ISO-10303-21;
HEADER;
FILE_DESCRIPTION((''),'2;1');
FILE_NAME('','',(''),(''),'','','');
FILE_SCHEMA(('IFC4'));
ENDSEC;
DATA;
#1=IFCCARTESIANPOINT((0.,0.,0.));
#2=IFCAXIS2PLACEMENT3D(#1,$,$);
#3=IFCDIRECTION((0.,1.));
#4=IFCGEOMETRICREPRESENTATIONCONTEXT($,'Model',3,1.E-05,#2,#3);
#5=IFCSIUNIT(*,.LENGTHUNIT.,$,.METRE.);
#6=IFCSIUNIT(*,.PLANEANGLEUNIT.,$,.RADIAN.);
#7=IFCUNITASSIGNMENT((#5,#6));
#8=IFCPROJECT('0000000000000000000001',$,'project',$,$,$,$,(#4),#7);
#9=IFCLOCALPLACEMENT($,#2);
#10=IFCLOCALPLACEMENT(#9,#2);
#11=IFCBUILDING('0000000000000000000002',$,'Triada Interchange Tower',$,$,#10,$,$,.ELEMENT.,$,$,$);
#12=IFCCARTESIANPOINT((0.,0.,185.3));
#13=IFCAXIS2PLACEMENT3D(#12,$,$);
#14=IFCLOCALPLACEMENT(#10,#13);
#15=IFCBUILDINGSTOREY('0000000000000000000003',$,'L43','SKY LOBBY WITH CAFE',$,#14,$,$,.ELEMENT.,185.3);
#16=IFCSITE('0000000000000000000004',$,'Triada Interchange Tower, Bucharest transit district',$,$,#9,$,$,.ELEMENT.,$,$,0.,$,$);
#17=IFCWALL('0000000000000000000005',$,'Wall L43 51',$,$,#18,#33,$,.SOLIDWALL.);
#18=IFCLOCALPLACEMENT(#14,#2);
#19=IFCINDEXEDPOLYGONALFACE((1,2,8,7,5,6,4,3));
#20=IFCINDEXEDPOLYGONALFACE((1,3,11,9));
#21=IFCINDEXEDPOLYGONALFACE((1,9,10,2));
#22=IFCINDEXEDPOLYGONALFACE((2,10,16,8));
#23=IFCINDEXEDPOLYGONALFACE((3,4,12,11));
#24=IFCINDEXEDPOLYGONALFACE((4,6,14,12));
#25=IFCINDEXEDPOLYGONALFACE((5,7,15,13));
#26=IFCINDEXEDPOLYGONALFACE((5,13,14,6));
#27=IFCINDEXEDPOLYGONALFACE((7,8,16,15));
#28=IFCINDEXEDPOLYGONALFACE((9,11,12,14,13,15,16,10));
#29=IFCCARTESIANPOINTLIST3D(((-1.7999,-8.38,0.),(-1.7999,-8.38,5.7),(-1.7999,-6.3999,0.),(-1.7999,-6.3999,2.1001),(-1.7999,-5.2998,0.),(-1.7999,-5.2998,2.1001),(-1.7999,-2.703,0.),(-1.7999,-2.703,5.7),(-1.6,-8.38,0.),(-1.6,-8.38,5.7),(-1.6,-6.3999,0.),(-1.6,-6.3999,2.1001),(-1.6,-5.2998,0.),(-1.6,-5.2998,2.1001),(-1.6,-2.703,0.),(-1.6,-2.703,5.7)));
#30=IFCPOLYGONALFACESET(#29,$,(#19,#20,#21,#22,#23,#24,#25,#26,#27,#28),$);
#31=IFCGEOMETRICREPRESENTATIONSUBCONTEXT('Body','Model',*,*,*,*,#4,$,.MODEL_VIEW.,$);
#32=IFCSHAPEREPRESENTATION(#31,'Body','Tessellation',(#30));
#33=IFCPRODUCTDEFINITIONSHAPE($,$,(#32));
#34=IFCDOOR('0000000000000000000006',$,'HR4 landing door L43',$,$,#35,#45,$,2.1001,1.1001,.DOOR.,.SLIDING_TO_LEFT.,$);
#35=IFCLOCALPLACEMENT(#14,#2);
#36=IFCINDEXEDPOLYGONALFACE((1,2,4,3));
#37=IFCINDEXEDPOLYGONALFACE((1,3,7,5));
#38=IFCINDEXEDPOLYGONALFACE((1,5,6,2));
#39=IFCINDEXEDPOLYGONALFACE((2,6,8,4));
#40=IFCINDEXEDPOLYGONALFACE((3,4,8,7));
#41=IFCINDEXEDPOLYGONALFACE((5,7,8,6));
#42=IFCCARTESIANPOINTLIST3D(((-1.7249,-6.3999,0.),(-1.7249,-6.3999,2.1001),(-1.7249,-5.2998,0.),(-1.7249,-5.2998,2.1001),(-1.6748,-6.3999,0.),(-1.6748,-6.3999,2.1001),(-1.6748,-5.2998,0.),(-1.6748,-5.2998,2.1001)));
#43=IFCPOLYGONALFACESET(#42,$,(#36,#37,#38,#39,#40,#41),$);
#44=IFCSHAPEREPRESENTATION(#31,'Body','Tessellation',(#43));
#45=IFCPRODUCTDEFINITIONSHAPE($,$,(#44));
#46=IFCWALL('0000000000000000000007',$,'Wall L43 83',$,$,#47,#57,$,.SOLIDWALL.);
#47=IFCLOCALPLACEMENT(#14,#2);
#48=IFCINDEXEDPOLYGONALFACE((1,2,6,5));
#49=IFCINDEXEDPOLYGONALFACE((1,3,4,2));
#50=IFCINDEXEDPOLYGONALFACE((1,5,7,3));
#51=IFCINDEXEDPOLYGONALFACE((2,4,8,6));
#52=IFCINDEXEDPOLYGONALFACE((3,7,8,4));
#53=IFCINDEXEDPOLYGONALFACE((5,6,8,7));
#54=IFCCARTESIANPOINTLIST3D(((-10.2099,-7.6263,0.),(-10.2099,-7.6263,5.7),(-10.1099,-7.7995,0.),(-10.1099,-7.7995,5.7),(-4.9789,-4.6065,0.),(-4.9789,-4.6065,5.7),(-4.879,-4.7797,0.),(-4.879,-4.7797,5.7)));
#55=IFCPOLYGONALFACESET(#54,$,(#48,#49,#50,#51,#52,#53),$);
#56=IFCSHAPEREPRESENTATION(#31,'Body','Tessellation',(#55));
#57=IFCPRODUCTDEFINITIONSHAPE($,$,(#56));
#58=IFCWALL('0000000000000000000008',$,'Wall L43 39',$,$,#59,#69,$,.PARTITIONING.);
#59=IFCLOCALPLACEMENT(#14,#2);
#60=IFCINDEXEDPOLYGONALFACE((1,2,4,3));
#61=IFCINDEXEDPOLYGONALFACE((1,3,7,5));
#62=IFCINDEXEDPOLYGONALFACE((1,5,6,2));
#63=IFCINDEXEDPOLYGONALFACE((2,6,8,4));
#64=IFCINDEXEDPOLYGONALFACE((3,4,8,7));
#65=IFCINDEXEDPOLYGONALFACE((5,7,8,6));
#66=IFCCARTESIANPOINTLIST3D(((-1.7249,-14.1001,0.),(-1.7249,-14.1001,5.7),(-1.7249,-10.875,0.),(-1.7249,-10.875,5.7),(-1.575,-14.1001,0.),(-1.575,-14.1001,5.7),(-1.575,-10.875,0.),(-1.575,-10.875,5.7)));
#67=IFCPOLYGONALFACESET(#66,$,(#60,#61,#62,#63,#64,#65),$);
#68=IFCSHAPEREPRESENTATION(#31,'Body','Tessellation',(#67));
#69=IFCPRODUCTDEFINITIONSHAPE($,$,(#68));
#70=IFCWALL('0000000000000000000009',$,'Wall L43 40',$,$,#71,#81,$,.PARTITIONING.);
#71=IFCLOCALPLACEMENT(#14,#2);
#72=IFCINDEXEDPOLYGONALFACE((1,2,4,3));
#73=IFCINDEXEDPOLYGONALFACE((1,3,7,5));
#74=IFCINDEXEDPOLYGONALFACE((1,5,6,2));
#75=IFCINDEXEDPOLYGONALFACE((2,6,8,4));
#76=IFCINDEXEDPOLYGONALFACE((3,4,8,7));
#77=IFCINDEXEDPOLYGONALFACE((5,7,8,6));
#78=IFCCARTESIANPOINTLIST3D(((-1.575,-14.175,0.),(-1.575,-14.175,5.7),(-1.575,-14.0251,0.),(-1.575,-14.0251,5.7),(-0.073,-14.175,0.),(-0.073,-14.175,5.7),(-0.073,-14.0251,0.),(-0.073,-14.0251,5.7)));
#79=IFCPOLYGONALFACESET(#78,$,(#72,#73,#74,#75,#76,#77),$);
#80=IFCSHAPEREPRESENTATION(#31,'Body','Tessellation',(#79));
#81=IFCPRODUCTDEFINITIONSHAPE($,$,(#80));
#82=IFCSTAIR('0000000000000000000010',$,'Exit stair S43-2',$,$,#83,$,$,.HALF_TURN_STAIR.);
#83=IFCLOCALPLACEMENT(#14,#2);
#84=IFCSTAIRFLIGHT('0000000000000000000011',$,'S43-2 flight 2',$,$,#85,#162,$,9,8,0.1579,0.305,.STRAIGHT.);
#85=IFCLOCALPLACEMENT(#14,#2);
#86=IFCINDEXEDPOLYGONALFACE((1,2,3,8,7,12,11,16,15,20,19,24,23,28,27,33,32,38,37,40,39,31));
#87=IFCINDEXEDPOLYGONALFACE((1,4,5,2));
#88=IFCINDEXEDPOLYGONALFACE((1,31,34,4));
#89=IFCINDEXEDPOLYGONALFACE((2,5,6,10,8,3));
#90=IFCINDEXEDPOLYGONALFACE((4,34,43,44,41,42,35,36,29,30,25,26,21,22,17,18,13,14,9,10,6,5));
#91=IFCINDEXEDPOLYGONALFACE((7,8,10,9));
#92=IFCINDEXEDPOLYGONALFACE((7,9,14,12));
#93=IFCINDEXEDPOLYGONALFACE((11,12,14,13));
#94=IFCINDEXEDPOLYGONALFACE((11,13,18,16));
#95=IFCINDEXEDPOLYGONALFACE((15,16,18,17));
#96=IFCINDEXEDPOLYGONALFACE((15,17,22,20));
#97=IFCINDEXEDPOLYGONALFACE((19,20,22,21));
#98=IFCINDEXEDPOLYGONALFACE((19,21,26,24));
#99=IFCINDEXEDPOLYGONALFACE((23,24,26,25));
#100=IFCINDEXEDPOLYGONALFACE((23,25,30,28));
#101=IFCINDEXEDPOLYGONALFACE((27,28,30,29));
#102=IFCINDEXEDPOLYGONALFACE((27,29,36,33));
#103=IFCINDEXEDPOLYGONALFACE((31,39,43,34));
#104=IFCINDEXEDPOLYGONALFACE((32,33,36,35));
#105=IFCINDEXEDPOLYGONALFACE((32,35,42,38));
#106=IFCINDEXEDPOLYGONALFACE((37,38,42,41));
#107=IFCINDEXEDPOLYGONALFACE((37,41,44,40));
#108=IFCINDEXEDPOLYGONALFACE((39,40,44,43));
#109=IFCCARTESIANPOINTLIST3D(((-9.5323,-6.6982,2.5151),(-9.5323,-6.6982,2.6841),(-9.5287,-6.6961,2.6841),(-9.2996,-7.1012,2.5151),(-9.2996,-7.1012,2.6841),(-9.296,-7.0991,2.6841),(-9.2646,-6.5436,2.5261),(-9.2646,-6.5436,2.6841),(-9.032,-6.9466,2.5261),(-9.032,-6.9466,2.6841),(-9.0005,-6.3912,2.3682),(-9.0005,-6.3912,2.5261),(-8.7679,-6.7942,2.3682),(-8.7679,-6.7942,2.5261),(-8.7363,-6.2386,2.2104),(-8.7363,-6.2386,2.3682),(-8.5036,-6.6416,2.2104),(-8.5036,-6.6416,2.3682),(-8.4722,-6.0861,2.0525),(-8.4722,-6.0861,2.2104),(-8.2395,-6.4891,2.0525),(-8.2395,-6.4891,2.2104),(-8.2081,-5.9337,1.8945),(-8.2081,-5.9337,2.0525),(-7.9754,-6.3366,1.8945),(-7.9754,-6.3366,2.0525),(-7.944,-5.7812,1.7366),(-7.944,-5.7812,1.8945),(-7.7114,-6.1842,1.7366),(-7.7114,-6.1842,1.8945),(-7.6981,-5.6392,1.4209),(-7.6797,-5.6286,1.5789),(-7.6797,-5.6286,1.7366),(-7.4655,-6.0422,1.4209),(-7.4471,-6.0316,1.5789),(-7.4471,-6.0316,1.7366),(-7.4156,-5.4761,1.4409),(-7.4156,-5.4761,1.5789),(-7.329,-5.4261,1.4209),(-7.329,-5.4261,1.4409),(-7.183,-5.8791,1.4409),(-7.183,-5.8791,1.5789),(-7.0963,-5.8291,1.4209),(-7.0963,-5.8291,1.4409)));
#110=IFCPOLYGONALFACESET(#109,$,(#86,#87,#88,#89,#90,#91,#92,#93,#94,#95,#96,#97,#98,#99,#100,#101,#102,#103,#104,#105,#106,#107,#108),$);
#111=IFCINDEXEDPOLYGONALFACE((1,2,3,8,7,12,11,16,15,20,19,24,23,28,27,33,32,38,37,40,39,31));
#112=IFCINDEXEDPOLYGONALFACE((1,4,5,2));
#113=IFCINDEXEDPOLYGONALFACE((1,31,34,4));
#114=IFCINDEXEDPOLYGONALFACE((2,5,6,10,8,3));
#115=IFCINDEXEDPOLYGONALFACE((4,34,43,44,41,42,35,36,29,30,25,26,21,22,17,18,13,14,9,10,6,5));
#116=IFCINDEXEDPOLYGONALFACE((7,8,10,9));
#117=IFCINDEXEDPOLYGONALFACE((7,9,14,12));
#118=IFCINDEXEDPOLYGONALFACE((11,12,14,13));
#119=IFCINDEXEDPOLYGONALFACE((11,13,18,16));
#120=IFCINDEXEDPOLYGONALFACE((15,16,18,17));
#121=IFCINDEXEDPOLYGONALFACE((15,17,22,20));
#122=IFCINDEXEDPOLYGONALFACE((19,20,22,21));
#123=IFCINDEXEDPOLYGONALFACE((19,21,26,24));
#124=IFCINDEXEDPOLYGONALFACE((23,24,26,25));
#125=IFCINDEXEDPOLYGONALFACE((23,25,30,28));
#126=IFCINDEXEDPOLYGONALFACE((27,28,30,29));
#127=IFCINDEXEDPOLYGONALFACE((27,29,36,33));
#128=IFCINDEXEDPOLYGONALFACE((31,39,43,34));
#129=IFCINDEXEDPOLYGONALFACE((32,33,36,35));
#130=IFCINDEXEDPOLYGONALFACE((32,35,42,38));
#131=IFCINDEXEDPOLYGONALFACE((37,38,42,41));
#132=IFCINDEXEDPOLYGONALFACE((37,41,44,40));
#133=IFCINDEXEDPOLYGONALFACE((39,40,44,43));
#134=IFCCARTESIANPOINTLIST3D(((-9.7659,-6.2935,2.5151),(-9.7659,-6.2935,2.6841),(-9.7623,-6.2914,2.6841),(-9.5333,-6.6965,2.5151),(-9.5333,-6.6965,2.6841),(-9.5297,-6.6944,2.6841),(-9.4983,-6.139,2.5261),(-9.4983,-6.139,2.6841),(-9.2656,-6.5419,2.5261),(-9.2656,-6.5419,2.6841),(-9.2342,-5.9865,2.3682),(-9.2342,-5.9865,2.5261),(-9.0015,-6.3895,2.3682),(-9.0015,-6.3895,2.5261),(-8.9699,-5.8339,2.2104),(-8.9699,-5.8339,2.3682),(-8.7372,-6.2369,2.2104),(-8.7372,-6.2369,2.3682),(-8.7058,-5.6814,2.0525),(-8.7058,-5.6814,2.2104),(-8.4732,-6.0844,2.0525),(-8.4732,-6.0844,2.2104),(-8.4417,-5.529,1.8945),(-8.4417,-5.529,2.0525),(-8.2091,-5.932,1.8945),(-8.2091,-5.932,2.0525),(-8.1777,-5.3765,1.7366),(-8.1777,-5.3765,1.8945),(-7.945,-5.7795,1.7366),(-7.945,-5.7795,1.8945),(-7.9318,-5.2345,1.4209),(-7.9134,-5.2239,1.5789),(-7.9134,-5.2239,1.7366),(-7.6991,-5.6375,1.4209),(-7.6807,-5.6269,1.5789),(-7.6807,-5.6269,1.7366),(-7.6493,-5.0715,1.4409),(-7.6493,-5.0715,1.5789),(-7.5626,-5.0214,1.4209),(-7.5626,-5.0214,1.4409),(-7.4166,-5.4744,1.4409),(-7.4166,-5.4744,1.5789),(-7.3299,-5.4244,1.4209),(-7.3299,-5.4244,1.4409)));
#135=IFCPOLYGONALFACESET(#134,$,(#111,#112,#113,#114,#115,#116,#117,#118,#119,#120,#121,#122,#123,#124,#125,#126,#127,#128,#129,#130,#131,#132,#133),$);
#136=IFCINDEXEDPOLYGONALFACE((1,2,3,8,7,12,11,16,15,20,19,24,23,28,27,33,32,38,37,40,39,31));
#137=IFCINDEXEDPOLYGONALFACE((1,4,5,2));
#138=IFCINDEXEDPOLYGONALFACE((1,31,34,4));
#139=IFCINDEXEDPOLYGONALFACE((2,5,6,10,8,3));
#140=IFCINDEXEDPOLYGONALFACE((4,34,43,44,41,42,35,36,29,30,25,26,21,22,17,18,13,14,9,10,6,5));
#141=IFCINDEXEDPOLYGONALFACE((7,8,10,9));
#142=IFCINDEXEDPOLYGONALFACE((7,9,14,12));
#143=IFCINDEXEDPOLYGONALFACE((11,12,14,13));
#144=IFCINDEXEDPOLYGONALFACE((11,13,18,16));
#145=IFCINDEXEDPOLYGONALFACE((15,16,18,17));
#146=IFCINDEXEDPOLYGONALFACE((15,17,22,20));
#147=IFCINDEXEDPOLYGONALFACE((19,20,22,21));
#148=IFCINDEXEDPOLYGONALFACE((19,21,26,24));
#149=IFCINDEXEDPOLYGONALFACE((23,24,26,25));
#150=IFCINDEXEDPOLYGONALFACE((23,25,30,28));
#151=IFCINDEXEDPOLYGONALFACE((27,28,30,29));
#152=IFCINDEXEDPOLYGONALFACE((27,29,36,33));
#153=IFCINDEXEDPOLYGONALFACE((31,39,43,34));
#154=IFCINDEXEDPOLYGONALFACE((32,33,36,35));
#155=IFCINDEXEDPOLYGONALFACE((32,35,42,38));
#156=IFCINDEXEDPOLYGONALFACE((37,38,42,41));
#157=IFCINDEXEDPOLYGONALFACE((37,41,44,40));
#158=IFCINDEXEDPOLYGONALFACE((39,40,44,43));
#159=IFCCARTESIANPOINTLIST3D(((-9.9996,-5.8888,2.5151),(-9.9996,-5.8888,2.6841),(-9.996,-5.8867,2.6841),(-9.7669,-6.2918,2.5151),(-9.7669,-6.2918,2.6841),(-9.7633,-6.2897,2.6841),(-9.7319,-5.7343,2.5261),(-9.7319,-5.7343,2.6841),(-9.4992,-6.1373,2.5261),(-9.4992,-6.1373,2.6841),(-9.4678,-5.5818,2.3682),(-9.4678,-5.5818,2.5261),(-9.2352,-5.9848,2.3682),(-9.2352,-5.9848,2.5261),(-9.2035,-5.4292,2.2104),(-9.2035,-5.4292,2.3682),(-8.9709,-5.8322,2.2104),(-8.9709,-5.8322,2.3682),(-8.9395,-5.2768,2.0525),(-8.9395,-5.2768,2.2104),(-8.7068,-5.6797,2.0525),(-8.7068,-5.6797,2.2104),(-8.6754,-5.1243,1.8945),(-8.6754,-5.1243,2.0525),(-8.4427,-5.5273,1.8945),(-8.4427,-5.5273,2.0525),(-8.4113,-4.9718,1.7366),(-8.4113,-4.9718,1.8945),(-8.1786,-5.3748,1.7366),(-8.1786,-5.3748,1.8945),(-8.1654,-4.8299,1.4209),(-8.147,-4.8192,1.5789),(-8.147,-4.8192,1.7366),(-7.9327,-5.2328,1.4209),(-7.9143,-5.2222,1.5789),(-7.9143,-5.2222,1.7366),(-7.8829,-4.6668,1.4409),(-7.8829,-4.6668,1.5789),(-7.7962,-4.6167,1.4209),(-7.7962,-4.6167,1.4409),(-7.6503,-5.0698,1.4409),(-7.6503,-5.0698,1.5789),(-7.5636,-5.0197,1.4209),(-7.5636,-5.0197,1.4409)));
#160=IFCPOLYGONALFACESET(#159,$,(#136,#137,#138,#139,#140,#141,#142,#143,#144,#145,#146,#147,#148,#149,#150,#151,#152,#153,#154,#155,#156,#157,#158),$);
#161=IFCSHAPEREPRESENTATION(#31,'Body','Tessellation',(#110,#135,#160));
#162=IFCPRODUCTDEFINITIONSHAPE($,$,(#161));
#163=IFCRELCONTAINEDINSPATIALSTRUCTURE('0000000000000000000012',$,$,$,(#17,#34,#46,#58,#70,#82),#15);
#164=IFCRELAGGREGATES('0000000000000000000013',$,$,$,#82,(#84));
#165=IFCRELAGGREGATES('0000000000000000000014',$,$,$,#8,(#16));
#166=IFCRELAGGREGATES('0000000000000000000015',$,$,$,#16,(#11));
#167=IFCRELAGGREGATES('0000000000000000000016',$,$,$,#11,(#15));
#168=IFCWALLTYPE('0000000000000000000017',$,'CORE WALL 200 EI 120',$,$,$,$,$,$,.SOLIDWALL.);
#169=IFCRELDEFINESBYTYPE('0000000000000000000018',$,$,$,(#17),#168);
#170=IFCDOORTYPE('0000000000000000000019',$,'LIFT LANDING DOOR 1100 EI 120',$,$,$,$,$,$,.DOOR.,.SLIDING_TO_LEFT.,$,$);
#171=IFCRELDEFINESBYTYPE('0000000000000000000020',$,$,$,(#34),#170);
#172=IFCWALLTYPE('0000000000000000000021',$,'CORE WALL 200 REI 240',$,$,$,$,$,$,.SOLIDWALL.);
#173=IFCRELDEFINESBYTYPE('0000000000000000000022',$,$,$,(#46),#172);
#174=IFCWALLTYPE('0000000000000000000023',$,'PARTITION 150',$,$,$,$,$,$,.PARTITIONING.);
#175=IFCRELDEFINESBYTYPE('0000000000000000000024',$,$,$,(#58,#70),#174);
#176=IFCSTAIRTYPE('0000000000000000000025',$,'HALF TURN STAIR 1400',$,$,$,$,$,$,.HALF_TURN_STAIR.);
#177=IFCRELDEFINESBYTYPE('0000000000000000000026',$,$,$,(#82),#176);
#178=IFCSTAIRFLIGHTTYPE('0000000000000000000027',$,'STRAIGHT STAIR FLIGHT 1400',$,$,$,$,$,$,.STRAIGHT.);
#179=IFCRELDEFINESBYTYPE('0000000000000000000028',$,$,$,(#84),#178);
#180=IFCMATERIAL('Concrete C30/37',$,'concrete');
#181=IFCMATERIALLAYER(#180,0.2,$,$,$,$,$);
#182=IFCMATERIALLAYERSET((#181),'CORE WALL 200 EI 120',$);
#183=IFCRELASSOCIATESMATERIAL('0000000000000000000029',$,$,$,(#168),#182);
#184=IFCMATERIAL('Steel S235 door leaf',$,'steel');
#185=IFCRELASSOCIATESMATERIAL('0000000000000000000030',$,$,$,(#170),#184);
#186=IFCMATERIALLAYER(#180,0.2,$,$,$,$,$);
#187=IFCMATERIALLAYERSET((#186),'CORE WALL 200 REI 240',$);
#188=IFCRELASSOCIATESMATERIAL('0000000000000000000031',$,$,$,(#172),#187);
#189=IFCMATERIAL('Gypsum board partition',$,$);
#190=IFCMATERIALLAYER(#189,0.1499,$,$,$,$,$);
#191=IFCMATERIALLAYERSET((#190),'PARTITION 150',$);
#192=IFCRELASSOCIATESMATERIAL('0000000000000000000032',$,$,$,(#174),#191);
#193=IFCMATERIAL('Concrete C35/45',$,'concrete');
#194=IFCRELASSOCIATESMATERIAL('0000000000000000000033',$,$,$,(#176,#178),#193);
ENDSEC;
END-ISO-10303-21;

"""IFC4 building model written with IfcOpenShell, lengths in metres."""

from ifc_helpers import new_model, si_unit, direction, frame, frame_2d, origin, place, context, subcontext, project, spatial, polyline, rectangle, outline, extrude, material, layer, layer_set, type_object, element, fill, aggregate, save


model = new_model("IFC4")

# Units and contexts
model_context = context("Model", 3, precision=1e-05, world=origin(), true_north=direction((0.0, 1.0)))
body_context = subcontext(model_context, "Body", "Model", "MODEL_VIEW")
ifc_project = project(units=[si_unit("LENGTHUNIT", "METRE"), si_unit("PLANEANGLEUNIT", "RADIAN")], contexts=[model_context])

# Site, building, storey
site_placement = place(None, origin())
site = spatial("IfcSite", under=ifc_project, at=site_placement, Name="Triada Interchange Tower, Bucharest transit district", CompositionType="ELEMENT", RefElevation=0.0)
building_placement = place(site_placement, origin())
building = spatial("IfcBuilding", under=site, at=building_placement, Name="Triada Interchange Tower", CompositionType="ELEMENT")
storey_placement = place(building_placement, frame((0.0, 0.0, 185.3)))
storey = spatial("IfcBuildingStorey", under=building, at=storey_placement, Name="L43", Description="SKY LOBBY WITH CAFE", CompositionType="ELEMENT", Elevation=185.3)

# Shared definitions
ifc_material_1 = material(Name="Concrete C30/37", Category="concrete")
ifc_layer_1 = layer(ifc_material_1, 0.2)
ifc_layer_set_1 = layer_set([ifc_layer_1], Name="CORE WALL 200 EI 120")
wall_type_1 = type_object("IfcWallType", Name="CORE WALL 200 EI 120", PredefinedType="SOLIDWALL", material=ifc_layer_set_1)

# Wall, opening, door
wall_1_placement = place(storey_placement, frame((-1.7, -8.3799, 0.0), z_axis=(0.0, 0.0, 1.0), x_axis=(0.0, 1.0, 0.0)))
wall_1 = element("IfcWall", 1, at=wall_1_placement, inside=storey, type_object=wall_type_1, Name="Wall L43 51", PredefinedType="SOLIDWALL", context=body_context, shape_type="SweptSolid", body=[
    extrude(rectangle(XDim=5.677, YDim=0.2, at=frame_2d((2.8384, 0.0))), origin(), (0.0, 0.0, 1.0), 5.7),
])
opening_placement = place(wall_1_placement, frame((1.98, 0.0, 0.0)))
opening = element("IfcOpeningElement", 2, at=opening_placement, cuts=wall_1, PredefinedType="OPENING", context=body_context, shape_type="SweptSolid", body=[
    extrude(rectangle(XDim=1.1001, YDim=2.1001, at=frame_2d((0.55, 1.05))), frame((0.0, 0.1099, 0.0), z_axis=(0.0, -1.0, 0.0), x_axis=(1.0, 0.0, 0.0)), (0.0, 0.0, 1.0), 0.22),
])
ifc_material_2 = material(Name="Steel S235 door leaf", Category="steel")
door_type = type_object("IfcDoorType", Name="LIFT LANDING DOOR 1100 EI 120", OperationType="SLIDING_TO_LEFT", PredefinedType="DOOR", material=ifc_material_2)
door_placement = place(opening_placement, origin())
door = element("IfcDoor", 3, at=door_placement, inside=storey, type_object=door_type, Name="HR4 landing door L43", OperationType="SLIDING_TO_LEFT", OverallHeight=2.1001, OverallWidth=1.1001, PredefinedType="DOOR", context=body_context, shape_type="SweptSolid", body=[
    extrude(rectangle(XDim=1.1001, YDim=2.1001, at=frame_2d((0.55, 1.05))), frame((0.0, 0.0249, 0.0), z_axis=(0.0, -1.0, 0.0), x_axis=(1.0, 0.0, 0.0)), (0.0, 0.0, 1.0), 0.05),
])
fill(opening, door)

# Walls
ifc_layer_2 = layer(ifc_material_1, 0.2)
ifc_layer_set_2 = layer_set([ifc_layer_2], Name="CORE WALL 200 REI 240")
wall_type_2 = type_object("IfcWallType", Name="CORE WALL 200 REI 240", PredefinedType="SOLIDWALL", material=ifc_layer_set_2)
wall_2_placement = place(storey_placement, frame((-10.1599, -7.7129, 0.0), z_axis=(0.0, 0.0, 1.0), x_axis=(0.866048, 0.49996, 0.0)))
element("IfcWall", 4, at=wall_2_placement, inside=storey, type_object=wall_type_2, Name="Wall L43 83", PredefinedType="SOLIDWALL", context=body_context, shape_type="SweptSolid", body=[
    extrude(rectangle(XDim=6.04, YDim=0.2, at=frame_2d((3.02, 0.0))), origin(), (0.0, 0.0, 1.0), 5.7),
])
ifc_material_3 = material(Name="Gypsum board partition")
ifc_layer_3 = layer(ifc_material_3, 0.1499)
ifc_layer_set_3 = layer_set([ifc_layer_3], Name="PARTITION 150")
wall_type_3 = type_object("IfcWallType", Name="PARTITION 150", PredefinedType="PARTITIONING", material=ifc_layer_set_3)
wall_3_placement = place(storey_placement, frame((-1.6499, -14.1001, 0.0), z_axis=(0.0, 0.0, 1.0), x_axis=(0.0, 1.0, 0.0)))
element("IfcWall", 5, at=wall_3_placement, inside=storey, type_object=wall_type_3, Name="Wall L43 39", PredefinedType="PARTITIONING", context=body_context, shape_type="SweptSolid", body=[
    extrude(rectangle(XDim=3.2251, YDim=0.1499, at=frame_2d((1.6125, 0.0))), origin(), (0.0, 0.0, 1.0), 5.7),
])
wall_4_placement = place(storey_placement, frame((-1.575, -14.1001, 0.0), z_axis=(0.0, 0.0, 1.0), x_axis=(1.0, 0.0, 0.0)))
element("IfcWall", 6, at=wall_4_placement, inside=storey, type_object=wall_type_3, Name="Wall L43 40", PredefinedType="PARTITIONING", context=body_context, shape_type="SweptSolid", body=[
    extrude(rectangle(XDim=1.502, YDim=0.1499, at=frame_2d((0.751, 0.0))), origin(), (0.0, 0.0, 1.0), 5.7),
])

# Stair, stair flight
ifc_material_4 = material(Name="Concrete C35/45", Category="concrete")
stair_type = type_object("IfcStairType", Name="HALF TURN STAIR 1400", PredefinedType="HALF_TURN_STAIR", material=ifc_material_4)
stair_placement = place(storey_placement, origin())
stair = element("IfcStair", 7, at=stair_placement, inside=storey, type_object=stair_type, Name="Exit stair S43-2", PredefinedType="HALF_TURN_STAIR")
stair_flight_type = type_object("IfcStairFlightType", Name="STRAIGHT STAIR FLIGHT 1400", PredefinedType="STRAIGHT", material=ifc_material_4)
stair_flight_1_placement = place(storey_placement, frame((-7.533, -5.2729, 1.4209), z_axis=(0.0, 0.0, 1.0), x_axis=(-0.866025, -0.5, 0.0)))
stair_flight_1 = element("IfcStairFlight", 8, at=stair_flight_1_placement, type_object=stair_flight_type, Name="S43-2 flight 2", NumberOfRisers=9, NumberOfTreads=8, PredefinedType="STRAIGHT", RiserHeight=0.1579, TreadLength=0.305, context=body_context, shape_type="SweptSolid", body=[
    extrude(outline(polyline([(-0.1001, 0.0), (-0.1001, 0.02), (0.0, 0.02), (0.0, 0.158), (0.3049, 0.158), (0.3049, 0.3157), (0.6101, 0.3157), (0.6101, 0.4736), (0.915, 0.4736), (0.915, 0.6316), (1.22, 0.6316), (1.22, 0.7896), (1.5249, 0.7896), (1.5249, 0.9473), (1.8301, 0.9473), (1.8301, 1.1052), (2.135, 1.1052), (2.135, 1.2632), (2.4399, 1.2632), (2.4441, 1.2632), (2.4441, 1.4209), (2.4441, 1.0942), (0.3262, 0.0), (-0.1001, 0.0)])), frame((0.0, 0.7, 0.0), z_axis=(0.0, -1.0, 0.0), x_axis=(1.0, 0.0, 0.0)), (0.0, 0.0, 1.0), 0.4653),
    extrude(outline(polyline([(-0.1001, 0.0), (-0.1001, 0.02), (0.0, 0.02), (0.0, 0.158), (0.3049, 0.158), (0.3049, 0.3157), (0.6101, 0.3157), (0.6101, 0.4736), (0.915, 0.4736), (0.915, 0.6316), (1.22, 0.6316), (1.22, 0.7896), (1.5249, 0.7896), (1.5249, 0.9473), (1.8301, 0.9473), (1.8301, 1.1052), (2.135, 1.1052), (2.135, 1.2632), (2.4399, 1.2632), (2.4441, 1.2632), (2.4441, 1.4209), (2.4441, 1.0942), (0.3262, 0.0), (-0.1001, 0.0)])), frame((0.0, 0.2327, 0.0), z_axis=(0.0, -1.0, 0.0), x_axis=(1.0, 0.0, 0.0)), (0.0, 0.0, 1.0), 0.4653),
    extrude(outline(polyline([(-0.1001, 0.0), (-0.1001, 0.02), (0.0, 0.02), (0.0, 0.158), (0.3049, 0.158), (0.3049, 0.3157), (0.6101, 0.3157), (0.6101, 0.4736), (0.915, 0.4736), (0.915, 0.6316), (1.22, 0.6316), (1.22, 0.7896), (1.5249, 0.7896), (1.5249, 0.9473), (1.8301, 0.9473), (1.8301, 1.1052), (2.135, 1.1052), (2.135, 1.2632), (2.4399, 1.2632), (2.4441, 1.2632), (2.4441, 1.4209), (2.4441, 1.0942), (0.3262, 0.0), (-0.1001, 0.0)])), frame((0.0, -0.2346, 0.0), z_axis=(0.0, -1.0, 0.0), x_axis=(1.0, 0.0, 0.0)), (0.0, 0.0, 1.0), 0.4653),
])

aggregate(stair, [stair_flight_1])

save(model, "model.ifc")
